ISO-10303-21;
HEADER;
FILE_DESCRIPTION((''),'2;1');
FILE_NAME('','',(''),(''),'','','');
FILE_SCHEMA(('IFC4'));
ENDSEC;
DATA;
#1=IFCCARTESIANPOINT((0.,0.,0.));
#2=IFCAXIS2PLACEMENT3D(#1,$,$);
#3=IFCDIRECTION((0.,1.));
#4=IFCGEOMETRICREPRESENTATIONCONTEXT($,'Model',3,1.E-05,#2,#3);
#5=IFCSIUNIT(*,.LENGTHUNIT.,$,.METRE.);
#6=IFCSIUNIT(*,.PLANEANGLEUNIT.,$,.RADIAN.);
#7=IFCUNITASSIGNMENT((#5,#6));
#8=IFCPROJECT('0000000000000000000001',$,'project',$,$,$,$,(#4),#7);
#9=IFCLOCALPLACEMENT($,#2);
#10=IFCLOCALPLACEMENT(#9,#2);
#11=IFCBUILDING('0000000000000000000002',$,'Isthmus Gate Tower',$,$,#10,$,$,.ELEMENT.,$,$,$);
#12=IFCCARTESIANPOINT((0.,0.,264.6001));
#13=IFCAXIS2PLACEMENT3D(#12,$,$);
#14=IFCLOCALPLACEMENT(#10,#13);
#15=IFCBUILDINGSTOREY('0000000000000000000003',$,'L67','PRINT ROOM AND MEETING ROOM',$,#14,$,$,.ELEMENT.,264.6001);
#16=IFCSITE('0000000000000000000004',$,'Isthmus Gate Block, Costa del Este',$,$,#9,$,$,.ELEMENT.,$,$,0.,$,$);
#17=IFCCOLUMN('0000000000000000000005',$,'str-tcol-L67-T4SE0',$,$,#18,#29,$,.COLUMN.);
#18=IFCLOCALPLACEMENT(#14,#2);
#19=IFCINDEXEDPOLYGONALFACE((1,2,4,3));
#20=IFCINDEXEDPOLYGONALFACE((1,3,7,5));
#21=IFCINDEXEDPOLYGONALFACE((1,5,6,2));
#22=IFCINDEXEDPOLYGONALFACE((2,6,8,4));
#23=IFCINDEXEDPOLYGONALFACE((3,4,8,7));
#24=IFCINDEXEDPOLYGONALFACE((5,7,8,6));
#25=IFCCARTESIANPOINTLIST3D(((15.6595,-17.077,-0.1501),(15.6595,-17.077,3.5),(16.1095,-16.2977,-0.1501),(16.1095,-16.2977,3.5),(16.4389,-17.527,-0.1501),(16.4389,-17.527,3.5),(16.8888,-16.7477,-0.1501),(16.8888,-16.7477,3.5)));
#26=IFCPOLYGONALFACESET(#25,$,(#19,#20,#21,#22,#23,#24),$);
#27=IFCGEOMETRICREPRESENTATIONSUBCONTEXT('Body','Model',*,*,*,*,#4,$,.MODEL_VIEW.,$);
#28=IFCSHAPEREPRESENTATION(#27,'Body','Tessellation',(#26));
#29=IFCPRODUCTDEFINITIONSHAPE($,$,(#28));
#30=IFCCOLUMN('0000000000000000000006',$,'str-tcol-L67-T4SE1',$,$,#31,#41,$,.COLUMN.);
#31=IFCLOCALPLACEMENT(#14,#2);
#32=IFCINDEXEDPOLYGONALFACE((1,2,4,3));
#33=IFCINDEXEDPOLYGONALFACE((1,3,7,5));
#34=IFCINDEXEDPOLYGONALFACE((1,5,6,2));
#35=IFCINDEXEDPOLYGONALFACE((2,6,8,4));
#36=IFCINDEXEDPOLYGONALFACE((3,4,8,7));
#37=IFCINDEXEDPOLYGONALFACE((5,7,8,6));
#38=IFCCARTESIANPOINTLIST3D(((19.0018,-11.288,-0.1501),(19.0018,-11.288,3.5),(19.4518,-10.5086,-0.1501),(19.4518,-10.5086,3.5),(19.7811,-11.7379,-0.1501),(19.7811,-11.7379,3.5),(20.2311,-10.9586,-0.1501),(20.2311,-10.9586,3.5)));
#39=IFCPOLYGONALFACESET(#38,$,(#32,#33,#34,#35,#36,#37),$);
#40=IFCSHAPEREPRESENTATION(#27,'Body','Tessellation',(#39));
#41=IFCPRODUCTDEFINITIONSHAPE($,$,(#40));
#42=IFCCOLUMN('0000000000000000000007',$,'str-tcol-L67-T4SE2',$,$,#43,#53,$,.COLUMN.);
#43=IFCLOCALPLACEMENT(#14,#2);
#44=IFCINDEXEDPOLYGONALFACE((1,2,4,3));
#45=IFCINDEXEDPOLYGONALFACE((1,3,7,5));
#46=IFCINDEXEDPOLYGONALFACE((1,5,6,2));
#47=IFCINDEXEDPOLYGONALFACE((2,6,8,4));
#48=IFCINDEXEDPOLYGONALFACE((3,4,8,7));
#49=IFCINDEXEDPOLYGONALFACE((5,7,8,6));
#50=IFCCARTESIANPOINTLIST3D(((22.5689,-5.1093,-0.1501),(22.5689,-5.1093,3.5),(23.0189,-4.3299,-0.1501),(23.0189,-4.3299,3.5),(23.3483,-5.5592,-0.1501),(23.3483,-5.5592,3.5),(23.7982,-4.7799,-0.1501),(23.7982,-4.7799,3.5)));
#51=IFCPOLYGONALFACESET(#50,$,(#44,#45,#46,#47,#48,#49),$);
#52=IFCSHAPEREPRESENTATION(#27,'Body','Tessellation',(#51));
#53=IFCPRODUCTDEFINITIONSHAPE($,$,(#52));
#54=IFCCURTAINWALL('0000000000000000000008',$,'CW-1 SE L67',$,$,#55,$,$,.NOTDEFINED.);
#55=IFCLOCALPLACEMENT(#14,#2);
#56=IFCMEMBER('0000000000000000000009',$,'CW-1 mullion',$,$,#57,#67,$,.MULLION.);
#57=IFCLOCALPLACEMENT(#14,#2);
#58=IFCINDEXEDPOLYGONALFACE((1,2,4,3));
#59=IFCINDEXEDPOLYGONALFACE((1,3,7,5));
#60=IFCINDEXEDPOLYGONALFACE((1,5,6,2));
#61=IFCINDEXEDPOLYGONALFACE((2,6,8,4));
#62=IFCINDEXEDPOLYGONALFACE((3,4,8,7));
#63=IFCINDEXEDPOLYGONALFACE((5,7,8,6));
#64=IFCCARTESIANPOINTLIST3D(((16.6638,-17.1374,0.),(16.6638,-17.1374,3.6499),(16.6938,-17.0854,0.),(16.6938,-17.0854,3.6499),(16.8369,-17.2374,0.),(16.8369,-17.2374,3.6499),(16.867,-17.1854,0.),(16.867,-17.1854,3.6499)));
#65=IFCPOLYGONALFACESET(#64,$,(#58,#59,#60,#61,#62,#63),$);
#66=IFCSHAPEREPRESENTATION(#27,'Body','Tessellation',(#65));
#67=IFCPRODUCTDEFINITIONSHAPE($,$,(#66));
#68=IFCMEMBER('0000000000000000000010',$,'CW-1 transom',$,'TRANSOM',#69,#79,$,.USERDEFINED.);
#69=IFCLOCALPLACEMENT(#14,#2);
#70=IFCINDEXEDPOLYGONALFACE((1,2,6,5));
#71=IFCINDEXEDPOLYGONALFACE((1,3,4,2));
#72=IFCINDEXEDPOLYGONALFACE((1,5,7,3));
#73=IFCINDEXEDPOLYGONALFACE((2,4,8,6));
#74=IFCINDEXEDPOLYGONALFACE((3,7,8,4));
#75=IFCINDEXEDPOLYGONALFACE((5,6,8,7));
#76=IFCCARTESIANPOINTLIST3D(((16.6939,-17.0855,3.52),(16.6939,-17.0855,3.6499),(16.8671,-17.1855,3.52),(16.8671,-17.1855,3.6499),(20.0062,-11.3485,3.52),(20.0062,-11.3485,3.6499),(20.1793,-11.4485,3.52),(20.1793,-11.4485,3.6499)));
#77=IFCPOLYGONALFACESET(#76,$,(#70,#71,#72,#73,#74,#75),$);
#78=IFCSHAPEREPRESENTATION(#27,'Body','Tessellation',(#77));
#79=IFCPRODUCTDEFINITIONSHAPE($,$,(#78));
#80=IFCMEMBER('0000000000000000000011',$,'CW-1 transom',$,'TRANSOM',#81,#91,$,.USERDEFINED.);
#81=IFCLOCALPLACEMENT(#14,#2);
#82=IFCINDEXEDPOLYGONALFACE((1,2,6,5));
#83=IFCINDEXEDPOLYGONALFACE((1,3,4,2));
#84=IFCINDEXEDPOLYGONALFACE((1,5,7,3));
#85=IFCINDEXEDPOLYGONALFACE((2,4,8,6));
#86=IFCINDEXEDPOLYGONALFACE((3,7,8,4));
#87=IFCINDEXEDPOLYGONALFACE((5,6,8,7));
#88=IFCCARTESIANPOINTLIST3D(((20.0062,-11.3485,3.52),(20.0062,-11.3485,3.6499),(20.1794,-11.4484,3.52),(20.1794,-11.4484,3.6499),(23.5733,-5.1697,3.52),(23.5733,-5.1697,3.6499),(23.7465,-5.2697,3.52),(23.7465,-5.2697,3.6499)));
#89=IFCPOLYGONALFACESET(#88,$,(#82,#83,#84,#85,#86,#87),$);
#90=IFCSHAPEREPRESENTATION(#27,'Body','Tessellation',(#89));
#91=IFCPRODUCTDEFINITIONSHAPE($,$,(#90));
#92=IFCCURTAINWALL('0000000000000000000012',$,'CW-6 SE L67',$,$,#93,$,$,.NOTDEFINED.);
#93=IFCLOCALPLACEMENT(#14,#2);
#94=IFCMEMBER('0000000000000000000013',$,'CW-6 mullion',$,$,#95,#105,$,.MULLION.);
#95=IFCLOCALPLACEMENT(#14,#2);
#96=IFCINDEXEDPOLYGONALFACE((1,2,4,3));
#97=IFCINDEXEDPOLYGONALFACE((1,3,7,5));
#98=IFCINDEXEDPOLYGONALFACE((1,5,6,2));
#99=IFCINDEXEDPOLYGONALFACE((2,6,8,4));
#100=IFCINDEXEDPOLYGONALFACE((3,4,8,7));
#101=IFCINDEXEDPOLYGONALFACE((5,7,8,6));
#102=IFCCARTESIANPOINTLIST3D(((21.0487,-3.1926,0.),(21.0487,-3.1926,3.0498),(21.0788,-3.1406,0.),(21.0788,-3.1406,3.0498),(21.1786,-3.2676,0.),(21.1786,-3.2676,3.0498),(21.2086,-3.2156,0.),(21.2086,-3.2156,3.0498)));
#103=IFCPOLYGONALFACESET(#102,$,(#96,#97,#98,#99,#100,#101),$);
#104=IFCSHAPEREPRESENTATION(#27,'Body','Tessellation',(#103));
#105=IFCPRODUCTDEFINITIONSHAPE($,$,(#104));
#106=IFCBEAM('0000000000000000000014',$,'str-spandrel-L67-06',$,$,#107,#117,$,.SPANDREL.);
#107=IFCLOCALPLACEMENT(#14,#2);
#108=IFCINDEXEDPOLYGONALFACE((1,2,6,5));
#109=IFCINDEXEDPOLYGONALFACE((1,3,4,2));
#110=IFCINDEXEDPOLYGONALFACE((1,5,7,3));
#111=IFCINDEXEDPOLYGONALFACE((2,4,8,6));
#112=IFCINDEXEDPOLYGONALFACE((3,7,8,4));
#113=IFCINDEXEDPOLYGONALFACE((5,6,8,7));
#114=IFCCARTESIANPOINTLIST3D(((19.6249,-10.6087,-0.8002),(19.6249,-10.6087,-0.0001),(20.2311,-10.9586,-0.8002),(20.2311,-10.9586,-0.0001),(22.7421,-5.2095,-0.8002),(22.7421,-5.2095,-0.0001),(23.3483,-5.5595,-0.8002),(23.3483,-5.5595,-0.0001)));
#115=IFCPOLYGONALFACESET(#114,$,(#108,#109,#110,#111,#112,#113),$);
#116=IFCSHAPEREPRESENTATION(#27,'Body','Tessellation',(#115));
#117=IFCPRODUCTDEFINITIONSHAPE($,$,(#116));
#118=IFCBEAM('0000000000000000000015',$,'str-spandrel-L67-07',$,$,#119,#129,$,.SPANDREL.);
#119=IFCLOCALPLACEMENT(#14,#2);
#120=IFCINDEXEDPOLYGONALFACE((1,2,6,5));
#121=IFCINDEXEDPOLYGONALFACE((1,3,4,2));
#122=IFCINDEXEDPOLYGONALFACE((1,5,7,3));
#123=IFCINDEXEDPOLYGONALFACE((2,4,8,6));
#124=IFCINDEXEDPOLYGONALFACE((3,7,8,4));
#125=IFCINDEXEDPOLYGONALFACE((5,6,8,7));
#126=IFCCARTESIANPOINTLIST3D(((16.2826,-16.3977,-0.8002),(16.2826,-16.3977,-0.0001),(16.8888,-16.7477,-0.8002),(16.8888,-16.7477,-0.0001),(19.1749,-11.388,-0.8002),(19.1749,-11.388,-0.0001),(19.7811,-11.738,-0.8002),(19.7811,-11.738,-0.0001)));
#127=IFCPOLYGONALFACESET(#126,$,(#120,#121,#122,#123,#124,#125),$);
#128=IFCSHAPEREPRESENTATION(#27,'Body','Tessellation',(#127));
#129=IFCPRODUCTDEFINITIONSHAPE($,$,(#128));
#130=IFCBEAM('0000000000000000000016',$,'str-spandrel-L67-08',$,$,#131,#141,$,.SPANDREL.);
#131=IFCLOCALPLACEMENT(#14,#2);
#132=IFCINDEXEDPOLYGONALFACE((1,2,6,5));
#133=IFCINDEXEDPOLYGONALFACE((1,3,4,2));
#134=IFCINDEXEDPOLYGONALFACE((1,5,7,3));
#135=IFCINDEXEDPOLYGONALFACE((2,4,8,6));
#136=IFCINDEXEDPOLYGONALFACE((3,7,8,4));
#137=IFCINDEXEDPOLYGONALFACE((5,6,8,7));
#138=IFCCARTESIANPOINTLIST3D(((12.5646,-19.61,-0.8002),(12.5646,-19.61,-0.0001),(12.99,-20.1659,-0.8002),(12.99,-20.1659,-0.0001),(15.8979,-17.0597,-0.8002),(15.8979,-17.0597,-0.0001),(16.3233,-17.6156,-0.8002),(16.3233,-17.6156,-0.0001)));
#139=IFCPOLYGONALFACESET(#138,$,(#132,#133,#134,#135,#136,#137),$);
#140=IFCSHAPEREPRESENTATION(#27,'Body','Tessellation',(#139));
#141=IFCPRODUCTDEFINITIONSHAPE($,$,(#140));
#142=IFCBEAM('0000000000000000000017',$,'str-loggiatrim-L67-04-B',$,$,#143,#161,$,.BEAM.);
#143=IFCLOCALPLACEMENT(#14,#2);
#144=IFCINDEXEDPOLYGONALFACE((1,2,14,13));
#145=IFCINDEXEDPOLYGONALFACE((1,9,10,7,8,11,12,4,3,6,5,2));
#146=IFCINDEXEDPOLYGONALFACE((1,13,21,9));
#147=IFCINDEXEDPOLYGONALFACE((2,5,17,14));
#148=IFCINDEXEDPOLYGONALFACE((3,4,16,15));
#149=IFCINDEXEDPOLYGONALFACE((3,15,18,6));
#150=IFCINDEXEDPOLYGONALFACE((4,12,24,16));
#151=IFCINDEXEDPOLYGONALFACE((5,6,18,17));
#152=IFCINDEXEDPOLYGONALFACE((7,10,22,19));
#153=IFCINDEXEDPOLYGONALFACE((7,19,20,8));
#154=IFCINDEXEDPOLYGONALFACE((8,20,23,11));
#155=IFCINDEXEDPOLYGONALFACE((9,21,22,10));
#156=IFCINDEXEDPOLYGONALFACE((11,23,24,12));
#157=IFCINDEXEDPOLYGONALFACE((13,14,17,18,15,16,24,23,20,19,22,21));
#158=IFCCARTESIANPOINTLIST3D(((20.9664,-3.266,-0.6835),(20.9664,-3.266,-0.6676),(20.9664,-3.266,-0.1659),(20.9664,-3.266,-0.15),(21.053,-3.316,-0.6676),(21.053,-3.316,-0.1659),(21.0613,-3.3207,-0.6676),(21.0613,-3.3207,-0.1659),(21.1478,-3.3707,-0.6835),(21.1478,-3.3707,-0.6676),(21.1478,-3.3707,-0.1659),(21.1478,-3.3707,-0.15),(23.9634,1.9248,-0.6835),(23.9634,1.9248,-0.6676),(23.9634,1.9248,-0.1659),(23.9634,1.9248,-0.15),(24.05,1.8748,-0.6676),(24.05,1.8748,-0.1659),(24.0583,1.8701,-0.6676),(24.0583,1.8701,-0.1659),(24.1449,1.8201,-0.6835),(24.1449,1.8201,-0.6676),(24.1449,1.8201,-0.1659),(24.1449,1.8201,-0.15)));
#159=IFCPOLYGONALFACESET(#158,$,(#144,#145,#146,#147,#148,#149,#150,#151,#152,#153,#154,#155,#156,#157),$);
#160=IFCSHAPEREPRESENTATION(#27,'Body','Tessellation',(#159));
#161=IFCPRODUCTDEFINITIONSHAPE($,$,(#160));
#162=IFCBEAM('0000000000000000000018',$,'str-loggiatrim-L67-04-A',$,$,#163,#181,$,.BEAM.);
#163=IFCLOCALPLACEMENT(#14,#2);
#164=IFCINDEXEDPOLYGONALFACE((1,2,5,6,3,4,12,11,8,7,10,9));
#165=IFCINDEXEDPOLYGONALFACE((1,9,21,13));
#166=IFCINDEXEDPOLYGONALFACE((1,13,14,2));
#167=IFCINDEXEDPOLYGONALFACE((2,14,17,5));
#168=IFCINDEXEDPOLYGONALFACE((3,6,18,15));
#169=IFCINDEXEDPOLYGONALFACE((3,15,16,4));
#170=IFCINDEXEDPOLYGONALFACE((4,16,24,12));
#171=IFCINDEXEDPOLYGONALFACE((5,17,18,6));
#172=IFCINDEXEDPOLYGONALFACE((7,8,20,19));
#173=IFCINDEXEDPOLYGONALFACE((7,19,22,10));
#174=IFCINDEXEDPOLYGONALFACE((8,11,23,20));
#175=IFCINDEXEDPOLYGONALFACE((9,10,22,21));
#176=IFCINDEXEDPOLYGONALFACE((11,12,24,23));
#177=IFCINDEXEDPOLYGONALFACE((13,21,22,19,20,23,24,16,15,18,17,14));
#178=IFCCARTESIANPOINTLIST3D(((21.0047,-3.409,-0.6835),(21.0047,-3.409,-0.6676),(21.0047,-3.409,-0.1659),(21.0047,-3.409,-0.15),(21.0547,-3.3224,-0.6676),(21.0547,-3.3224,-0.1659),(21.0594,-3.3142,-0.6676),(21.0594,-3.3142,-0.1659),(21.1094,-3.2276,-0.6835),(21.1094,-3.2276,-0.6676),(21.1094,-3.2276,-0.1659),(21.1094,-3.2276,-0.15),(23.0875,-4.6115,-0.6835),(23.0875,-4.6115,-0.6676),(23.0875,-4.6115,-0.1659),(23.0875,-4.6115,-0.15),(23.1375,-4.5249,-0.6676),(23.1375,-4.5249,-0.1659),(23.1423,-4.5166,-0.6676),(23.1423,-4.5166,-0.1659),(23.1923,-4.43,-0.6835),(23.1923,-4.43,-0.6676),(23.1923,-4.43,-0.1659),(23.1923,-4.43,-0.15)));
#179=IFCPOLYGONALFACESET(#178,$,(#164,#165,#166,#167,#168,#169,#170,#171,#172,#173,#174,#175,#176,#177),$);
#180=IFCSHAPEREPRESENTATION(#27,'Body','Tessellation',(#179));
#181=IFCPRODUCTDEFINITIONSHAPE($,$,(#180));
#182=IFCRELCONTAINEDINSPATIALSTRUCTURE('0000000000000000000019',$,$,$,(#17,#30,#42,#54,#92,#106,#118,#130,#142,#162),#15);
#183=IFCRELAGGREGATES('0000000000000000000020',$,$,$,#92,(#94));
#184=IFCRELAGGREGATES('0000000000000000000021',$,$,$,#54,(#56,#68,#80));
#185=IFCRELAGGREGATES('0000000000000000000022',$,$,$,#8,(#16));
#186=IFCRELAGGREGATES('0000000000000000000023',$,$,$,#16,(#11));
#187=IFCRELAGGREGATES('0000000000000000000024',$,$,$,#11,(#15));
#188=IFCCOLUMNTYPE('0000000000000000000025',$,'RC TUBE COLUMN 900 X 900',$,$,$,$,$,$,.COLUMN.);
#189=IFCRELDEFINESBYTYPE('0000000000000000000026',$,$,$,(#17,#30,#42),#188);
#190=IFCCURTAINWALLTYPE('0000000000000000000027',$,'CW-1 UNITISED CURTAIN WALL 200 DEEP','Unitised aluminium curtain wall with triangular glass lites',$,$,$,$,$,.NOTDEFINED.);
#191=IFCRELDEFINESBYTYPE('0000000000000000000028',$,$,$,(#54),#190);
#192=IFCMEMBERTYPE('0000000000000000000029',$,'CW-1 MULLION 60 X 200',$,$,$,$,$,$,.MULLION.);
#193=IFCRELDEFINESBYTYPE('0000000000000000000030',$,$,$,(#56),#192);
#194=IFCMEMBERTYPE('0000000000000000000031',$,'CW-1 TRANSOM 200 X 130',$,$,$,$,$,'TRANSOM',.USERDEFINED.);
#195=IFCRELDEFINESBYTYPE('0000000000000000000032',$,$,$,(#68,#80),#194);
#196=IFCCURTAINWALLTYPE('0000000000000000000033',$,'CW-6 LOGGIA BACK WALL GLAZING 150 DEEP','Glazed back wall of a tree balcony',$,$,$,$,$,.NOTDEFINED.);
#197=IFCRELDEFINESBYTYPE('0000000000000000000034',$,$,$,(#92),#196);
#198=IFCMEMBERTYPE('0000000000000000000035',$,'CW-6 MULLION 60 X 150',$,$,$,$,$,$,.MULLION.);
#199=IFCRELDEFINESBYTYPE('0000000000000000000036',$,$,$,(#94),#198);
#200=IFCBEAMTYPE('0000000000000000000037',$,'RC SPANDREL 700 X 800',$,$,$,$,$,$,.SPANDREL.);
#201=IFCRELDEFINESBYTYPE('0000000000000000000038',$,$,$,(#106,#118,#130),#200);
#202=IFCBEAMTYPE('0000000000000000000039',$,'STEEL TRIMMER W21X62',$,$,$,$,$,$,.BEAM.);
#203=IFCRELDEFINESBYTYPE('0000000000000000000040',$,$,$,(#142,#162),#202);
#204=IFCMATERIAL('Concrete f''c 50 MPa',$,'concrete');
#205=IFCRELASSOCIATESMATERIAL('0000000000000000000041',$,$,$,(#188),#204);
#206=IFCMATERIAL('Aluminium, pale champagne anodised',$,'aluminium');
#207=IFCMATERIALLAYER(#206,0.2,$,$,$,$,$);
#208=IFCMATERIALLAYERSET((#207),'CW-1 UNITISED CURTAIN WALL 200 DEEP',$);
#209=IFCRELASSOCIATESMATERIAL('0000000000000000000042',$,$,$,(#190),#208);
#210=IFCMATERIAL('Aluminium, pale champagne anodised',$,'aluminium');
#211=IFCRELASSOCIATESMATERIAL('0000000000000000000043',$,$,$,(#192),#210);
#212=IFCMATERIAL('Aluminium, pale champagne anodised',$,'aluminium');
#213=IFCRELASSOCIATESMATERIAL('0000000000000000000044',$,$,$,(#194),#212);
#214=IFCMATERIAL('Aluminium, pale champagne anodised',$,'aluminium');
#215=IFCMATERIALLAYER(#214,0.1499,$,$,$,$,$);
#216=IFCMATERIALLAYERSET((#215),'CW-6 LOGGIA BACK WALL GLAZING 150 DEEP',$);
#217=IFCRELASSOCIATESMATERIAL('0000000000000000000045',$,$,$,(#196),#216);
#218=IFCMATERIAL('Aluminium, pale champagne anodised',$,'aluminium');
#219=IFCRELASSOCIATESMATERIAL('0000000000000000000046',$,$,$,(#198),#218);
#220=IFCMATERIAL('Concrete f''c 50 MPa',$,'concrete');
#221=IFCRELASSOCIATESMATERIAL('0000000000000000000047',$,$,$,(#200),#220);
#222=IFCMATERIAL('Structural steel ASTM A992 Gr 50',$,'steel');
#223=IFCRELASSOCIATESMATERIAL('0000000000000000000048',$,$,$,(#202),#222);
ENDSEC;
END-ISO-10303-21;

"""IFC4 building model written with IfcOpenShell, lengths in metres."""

from ifc_helpers import new_model, si_unit, direction, frame, origin, origin_2d, place, context, subcontext, project, spatial, rectangle, i_section, extrude, material, layer, layer_set, material_profile, profile_set, type_object, element, aggregate, save


model = new_model("IFC4")

# Units and contexts
model_context = context("Model", 3, precision=1e-05, world=origin(), true_north=direction((0.0, 1.0)))
body_context = subcontext(model_context, "Body", "Model", "MODEL_VIEW")
ifc_project = project(units=[si_unit("LENGTHUNIT", "METRE"), si_unit("PLANEANGLEUNIT", "RADIAN")], contexts=[model_context])

# Site, building, storey
site_placement = place(None, origin())
site = spatial("IfcSite", under=ifc_project, at=site_placement, Name="Isthmus Gate Block, Costa del Este", CompositionType="ELEMENT", RefElevation=0.0)
building_placement = place(site_placement, origin())
building = spatial("IfcBuilding", under=site, at=building_placement, Name="Isthmus Gate Tower", CompositionType="ELEMENT")
storey_placement = place(building_placement, frame((0.0, 0.0, 264.6001)))
storey = spatial("IfcBuildingStorey", under=building, at=storey_placement, Name="L67", Description="PRINT ROOM AND MEETING ROOM", CompositionType="ELEMENT", Elevation=264.6001)

# Columns
ifc_material_1 = material(Name="Concrete f'c 50 MPa", Category="concrete")
ifc_material_profile_1 = material_profile(ifc_material_1, rectangle(XDim=0.8999, YDim=0.8999, at=origin_2d()), Name="RC 900X900")
ifc_profile_set_1 = profile_set([ifc_material_profile_1], Name="Concrete f'c 50 MPa")
column_type = type_object("IfcColumnType", Name="RC TUBE COLUMN 900 X 900", PredefinedType="COLUMN", material=ifc_profile_set_1)
for number, where, z_axis, x_axis, name in (
    (1, (16.2742, -16.9124, -0.1501), (0.0, 0.0, 1.0), (0.5, 0.866025, 0.0), "str-tcol-L67-T4SE0"),
    (2, (19.6165, -11.1233, -0.1501), (0.0, 0.0, 1.0), (0.5, 0.866025, 0.0), "str-tcol-L67-T4SE1"),
    (3, (23.1836, -4.9446, -0.1501), (0.0, 0.0, 1.0), (0.5, 0.866025, 0.0), "str-tcol-L67-T4SE2"),
):
    element("IfcColumn", number, at=place(storey_placement, frame(where, z_axis=z_axis, x_axis=x_axis)), inside=storey, type_object=column_type, Name=name, PredefinedType="COLUMN", context=body_context, shape_type="SweptSolid", body=[
        extrude(rectangle(XDim=0.8999, YDim=0.8999, at=origin_2d()), origin(), (0.0, 0.0, 1.0), 3.6501),
    ])

# Curtain wall, members
ifc_material_2 = material(Name="Aluminium, pale champagne anodised", Category="aluminium")
ifc_layer_1 = layer(ifc_material_2, 0.2)
ifc_layer_set_1 = layer_set([ifc_layer_1], Name="CW-1 UNITISED CURTAIN WALL 200 DEEP")
curtain_wall_type_1 = type_object("IfcCurtainWallType", Name="CW-1 UNITISED CURTAIN WALL 200 DEEP", Description="Unitised aluminium curtain wall with triangular glass lites", PredefinedType="NOTDEFINED", material=ifc_layer_set_1)
curtain_wall_1_placement = place(storey_placement, origin())
curtain_wall_1 = element("IfcCurtainWall", 4, at=curtain_wall_1_placement, inside=storey, type_object=curtain_wall_type_1, Name="CW-1 SE L67", PredefinedType="NOTDEFINED")
ifc_material_3 = material(Name="Aluminium, pale champagne anodised", Category="aluminium")
ifc_material_profile_2 = material_profile(ifc_material_3, rectangle(XDim=0.0601, YDim=0.2, at=origin_2d()), Name="60x200")
ifc_profile_set_2 = profile_set([ifc_material_profile_2], Name="Aluminium, pale champagne anodised")
member_type_1 = type_object("IfcMemberType", Name="CW-1 MULLION 60 X 200", PredefinedType="MULLION", material=ifc_profile_set_2)
member_1_placement = place(storey_placement, frame((16.7654, -17.1614, 0.0), z_axis=(0.0, 0.0, 1.0), x_axis=(0.5, 0.866025, 0.0)))
member_1 = element("IfcMember", 5, at=member_1_placement, type_object=member_type_1, Name="CW-1 mullion", PredefinedType="MULLION", context=body_context, shape_type="SweptSolid", body=[
    extrude(rectangle(XDim=0.0601, YDim=0.2, at=origin_2d()), origin(), (0.0, 0.0, 1.0), 3.6499),
])
ifc_material_4 = material(Name="Aluminium, pale champagne anodised", Category="aluminium")
ifc_material_profile_3 = material_profile(ifc_material_4, rectangle(XDim=0.2, YDim=0.1299, at=origin_2d()), Name="200x130")
ifc_profile_set_3 = profile_set([ifc_material_profile_3], Name="Aluminium, pale champagne anodised")
member_type_2 = type_object("IfcMemberType", Name="CW-1 TRANSOM 200 X 130", ElementType="TRANSOM", PredefinedType="USERDEFINED", material=ifc_profile_set_3)
member_2_placement = place(storey_placement, frame((16.7805, -17.1355, 3.585), z_axis=(0.499996, 0.866028, 0.0), x_axis=(-0.866028, 0.499996, 0.0)))
member_2 = element("IfcMember", 6, at=member_2_placement, type_object=member_type_2, Name="CW-1 transom", ObjectType="TRANSOM", PredefinedType="USERDEFINED", context=body_context, shape_type="SweptSolid", body=[
    extrude(rectangle(XDim=0.2, YDim=0.1299, at=origin_2d()), origin(), (0.0, 0.0, 1.0), 6.6245),
])
member_3_placement = place(storey_placement, frame((20.0928, -11.3984, 3.585), z_axis=(0.499985, 0.866034, 0.0), x_axis=(-0.866034, 0.499985, 0.0)))
member_3 = element("IfcMember", 7, at=member_3_placement, type_object=member_type_2, Name="CW-1 transom", ObjectType="TRANSOM", PredefinedType="USERDEFINED", context=body_context, shape_type="SweptSolid", body=[
    extrude(rectangle(XDim=0.2, YDim=0.1299, at=origin_2d()), origin(), (0.0, 0.0, 1.0), 7.1345),
])

# Curtain wall, member
ifc_material_5 = material(Name="Aluminium, pale champagne anodised", Category="aluminium")
ifc_layer_2 = layer(ifc_material_5, 0.1499)
ifc_layer_set_2 = layer_set([ifc_layer_2], Name="CW-6 LOGGIA BACK WALL GLAZING 150 DEEP")
curtain_wall_type_2 = type_object("IfcCurtainWallType", Name="CW-6 LOGGIA BACK WALL GLAZING 150 DEEP", Description="Glazed back wall of a tree balcony", PredefinedType="NOTDEFINED", material=ifc_layer_set_2)
curtain_wall_2_placement = place(storey_placement, origin())
curtain_wall_2 = element("IfcCurtainWall", 8, at=curtain_wall_2_placement, inside=storey, type_object=curtain_wall_type_2, Name="CW-6 SE L67", PredefinedType="NOTDEFINED")
ifc_material_6 = material(Name="Aluminium, pale champagne anodised", Category="aluminium")
ifc_material_profile_4 = material_profile(ifc_material_6, rectangle(XDim=0.0601, YDim=0.1499, at=origin_2d()), Name="60x150")
ifc_profile_set_4 = profile_set([ifc_material_profile_4], Name="Aluminium, pale champagne anodised")
member_type_3 = type_object("IfcMemberType", Name="CW-6 MULLION 60 X 150", PredefinedType="MULLION", material=ifc_profile_set_4)
member_4_placement = place(storey_placement, frame((21.1287, -3.2041, 0.0), z_axis=(0.0, 0.0, 1.0), x_axis=(0.5, 0.866025, 0.0)))
member_4 = element("IfcMember", 9, at=member_4_placement, type_object=member_type_3, Name="CW-6 mullion", PredefinedType="MULLION", context=body_context, shape_type="SweptSolid", body=[
    extrude(rectangle(XDim=0.0601, YDim=0.1499, at=origin_2d()), origin(), (0.0, 0.0, 1.0), 3.0498),
])
aggregate(curtain_wall_2, [member_4])

# Beams
ifc_material_7 = material(Name="Concrete f'c 50 MPa", Category="concrete")
ifc_material_profile_5 = material_profile(ifc_material_7, rectangle(XDim=0.7, YDim=0.8, at=origin_2d()), Name="RC 700X800")
ifc_profile_set_5 = profile_set([ifc_material_profile_5], Name="Concrete f'c 50 MPa")
beam_type_1 = type_object("IfcBeamType", Name="RC SPANDREL 700 X 800", PredefinedType="SPANDREL", material=ifc_profile_set_5)
beam_1_placement = place(storey_placement, frame((23.0452, -5.3845, -0.4001), z_axis=(-0.499997, -0.866027, 0.0), x_axis=(0.866027, -0.499997, 0.0)))
element("IfcBeam", 10, at=beam_1_placement, inside=storey, type_object=beam_type_1, Name="str-spandrel-L67-06", PredefinedType="SPANDREL", context=body_context, shape_type="SweptSolid", body=[
    extrude(rectangle(XDim=0.7, YDim=0.8, at=origin_2d()), origin(), (0.0, 0.0, 1.0), 6.2344),
])
beam_2_placement = place(storey_placement, frame((19.478, -11.563, -0.4001), z_axis=(-0.499993, -0.86603, 0.0), x_axis=(0.86603, -0.499993, 0.0)))
element("IfcBeam", 11, at=beam_2_placement, inside=storey, type_object=beam_type_1, Name="str-spandrel-L67-07", PredefinedType="SPANDREL", context=body_context, shape_type="SweptSolid", body=[
    extrude(rectangle(XDim=0.7, YDim=0.8, at=origin_2d()), origin(), (0.0, 0.0, 1.0), 5.7847),
])
beam_3_placement = place(storey_placement, frame((16.1106, -17.3376, -0.4001), z_axis=(-0.794204, -0.607651, 0.0), x_axis=(0.607651, -0.794204, 0.0)))
element("IfcBeam", 12, at=beam_3_placement, inside=storey, type_object=beam_type_1, Name="str-spandrel-L67-08", PredefinedType="SPANDREL", context=body_context, shape_type="SweptSolid", body=[
    extrude(rectangle(XDim=0.7, YDim=0.8, at=origin_2d()), origin(), (0.0, 0.0, 1.0), 4.197),
])
ifc_material_8 = material(Name="Structural steel ASTM A992 Gr 50", Category="steel")
ifc_material_profile_6 = material_profile(ifc_material_8, i_section(OverallWidth=0.2095, OverallDepth=0.5334, WebThickness=0.0095, FlangeThickness=0.0159, at=origin_2d()), Name="W21X62")
ifc_profile_set_6 = profile_set([ifc_material_profile_6], Name="Structural steel ASTM A992 Gr 50")
beam_type_2 = type_object("IfcBeamType", Name="STEEL TRIMMER W21X62", PredefinedType="BEAM", material=ifc_profile_set_6)
beam_4_placement = place(storey_placement, frame((21.0571, -3.3184, -0.4167), z_axis=(0.500012, 0.866019, 0.0), x_axis=(-0.866019, 0.500012, 0.0)))
element("IfcBeam", 13, at=beam_4_placement, inside=storey, type_object=beam_type_2, Name="str-loggiatrim-L67-04-B", PredefinedType="BEAM", context=body_context, shape_type="SweptSolid", body=[
    extrude(i_section(OverallWidth=0.2095, OverallDepth=0.5334, WebThickness=0.0095, FlangeThickness=0.0159, at=origin_2d()), origin(), (0.0, 0.0, 1.0), 5.9939),
])
beam_5_placement = place(storey_placement, frame((23.1399, -4.5208, -0.4167), z_axis=(-0.866042, 0.499971, 0.0), x_axis=(-0.499971, -0.866042, 0.0)))
element("IfcBeam", 14, at=beam_5_placement, inside=storey, type_object=beam_type_2, Name="str-loggiatrim-L67-04-A", PredefinedType="BEAM", context=body_context, shape_type="SweptSolid", body=[
    extrude(i_section(OverallWidth=0.2095, OverallDepth=0.5334, WebThickness=0.0095, FlangeThickness=0.0159, at=origin_2d()), origin(), (0.0, 0.0, 1.0), 2.405),
])

aggregate(curtain_wall_1, [member_1, member_2, member_3])

save(model, "model.ifc")
